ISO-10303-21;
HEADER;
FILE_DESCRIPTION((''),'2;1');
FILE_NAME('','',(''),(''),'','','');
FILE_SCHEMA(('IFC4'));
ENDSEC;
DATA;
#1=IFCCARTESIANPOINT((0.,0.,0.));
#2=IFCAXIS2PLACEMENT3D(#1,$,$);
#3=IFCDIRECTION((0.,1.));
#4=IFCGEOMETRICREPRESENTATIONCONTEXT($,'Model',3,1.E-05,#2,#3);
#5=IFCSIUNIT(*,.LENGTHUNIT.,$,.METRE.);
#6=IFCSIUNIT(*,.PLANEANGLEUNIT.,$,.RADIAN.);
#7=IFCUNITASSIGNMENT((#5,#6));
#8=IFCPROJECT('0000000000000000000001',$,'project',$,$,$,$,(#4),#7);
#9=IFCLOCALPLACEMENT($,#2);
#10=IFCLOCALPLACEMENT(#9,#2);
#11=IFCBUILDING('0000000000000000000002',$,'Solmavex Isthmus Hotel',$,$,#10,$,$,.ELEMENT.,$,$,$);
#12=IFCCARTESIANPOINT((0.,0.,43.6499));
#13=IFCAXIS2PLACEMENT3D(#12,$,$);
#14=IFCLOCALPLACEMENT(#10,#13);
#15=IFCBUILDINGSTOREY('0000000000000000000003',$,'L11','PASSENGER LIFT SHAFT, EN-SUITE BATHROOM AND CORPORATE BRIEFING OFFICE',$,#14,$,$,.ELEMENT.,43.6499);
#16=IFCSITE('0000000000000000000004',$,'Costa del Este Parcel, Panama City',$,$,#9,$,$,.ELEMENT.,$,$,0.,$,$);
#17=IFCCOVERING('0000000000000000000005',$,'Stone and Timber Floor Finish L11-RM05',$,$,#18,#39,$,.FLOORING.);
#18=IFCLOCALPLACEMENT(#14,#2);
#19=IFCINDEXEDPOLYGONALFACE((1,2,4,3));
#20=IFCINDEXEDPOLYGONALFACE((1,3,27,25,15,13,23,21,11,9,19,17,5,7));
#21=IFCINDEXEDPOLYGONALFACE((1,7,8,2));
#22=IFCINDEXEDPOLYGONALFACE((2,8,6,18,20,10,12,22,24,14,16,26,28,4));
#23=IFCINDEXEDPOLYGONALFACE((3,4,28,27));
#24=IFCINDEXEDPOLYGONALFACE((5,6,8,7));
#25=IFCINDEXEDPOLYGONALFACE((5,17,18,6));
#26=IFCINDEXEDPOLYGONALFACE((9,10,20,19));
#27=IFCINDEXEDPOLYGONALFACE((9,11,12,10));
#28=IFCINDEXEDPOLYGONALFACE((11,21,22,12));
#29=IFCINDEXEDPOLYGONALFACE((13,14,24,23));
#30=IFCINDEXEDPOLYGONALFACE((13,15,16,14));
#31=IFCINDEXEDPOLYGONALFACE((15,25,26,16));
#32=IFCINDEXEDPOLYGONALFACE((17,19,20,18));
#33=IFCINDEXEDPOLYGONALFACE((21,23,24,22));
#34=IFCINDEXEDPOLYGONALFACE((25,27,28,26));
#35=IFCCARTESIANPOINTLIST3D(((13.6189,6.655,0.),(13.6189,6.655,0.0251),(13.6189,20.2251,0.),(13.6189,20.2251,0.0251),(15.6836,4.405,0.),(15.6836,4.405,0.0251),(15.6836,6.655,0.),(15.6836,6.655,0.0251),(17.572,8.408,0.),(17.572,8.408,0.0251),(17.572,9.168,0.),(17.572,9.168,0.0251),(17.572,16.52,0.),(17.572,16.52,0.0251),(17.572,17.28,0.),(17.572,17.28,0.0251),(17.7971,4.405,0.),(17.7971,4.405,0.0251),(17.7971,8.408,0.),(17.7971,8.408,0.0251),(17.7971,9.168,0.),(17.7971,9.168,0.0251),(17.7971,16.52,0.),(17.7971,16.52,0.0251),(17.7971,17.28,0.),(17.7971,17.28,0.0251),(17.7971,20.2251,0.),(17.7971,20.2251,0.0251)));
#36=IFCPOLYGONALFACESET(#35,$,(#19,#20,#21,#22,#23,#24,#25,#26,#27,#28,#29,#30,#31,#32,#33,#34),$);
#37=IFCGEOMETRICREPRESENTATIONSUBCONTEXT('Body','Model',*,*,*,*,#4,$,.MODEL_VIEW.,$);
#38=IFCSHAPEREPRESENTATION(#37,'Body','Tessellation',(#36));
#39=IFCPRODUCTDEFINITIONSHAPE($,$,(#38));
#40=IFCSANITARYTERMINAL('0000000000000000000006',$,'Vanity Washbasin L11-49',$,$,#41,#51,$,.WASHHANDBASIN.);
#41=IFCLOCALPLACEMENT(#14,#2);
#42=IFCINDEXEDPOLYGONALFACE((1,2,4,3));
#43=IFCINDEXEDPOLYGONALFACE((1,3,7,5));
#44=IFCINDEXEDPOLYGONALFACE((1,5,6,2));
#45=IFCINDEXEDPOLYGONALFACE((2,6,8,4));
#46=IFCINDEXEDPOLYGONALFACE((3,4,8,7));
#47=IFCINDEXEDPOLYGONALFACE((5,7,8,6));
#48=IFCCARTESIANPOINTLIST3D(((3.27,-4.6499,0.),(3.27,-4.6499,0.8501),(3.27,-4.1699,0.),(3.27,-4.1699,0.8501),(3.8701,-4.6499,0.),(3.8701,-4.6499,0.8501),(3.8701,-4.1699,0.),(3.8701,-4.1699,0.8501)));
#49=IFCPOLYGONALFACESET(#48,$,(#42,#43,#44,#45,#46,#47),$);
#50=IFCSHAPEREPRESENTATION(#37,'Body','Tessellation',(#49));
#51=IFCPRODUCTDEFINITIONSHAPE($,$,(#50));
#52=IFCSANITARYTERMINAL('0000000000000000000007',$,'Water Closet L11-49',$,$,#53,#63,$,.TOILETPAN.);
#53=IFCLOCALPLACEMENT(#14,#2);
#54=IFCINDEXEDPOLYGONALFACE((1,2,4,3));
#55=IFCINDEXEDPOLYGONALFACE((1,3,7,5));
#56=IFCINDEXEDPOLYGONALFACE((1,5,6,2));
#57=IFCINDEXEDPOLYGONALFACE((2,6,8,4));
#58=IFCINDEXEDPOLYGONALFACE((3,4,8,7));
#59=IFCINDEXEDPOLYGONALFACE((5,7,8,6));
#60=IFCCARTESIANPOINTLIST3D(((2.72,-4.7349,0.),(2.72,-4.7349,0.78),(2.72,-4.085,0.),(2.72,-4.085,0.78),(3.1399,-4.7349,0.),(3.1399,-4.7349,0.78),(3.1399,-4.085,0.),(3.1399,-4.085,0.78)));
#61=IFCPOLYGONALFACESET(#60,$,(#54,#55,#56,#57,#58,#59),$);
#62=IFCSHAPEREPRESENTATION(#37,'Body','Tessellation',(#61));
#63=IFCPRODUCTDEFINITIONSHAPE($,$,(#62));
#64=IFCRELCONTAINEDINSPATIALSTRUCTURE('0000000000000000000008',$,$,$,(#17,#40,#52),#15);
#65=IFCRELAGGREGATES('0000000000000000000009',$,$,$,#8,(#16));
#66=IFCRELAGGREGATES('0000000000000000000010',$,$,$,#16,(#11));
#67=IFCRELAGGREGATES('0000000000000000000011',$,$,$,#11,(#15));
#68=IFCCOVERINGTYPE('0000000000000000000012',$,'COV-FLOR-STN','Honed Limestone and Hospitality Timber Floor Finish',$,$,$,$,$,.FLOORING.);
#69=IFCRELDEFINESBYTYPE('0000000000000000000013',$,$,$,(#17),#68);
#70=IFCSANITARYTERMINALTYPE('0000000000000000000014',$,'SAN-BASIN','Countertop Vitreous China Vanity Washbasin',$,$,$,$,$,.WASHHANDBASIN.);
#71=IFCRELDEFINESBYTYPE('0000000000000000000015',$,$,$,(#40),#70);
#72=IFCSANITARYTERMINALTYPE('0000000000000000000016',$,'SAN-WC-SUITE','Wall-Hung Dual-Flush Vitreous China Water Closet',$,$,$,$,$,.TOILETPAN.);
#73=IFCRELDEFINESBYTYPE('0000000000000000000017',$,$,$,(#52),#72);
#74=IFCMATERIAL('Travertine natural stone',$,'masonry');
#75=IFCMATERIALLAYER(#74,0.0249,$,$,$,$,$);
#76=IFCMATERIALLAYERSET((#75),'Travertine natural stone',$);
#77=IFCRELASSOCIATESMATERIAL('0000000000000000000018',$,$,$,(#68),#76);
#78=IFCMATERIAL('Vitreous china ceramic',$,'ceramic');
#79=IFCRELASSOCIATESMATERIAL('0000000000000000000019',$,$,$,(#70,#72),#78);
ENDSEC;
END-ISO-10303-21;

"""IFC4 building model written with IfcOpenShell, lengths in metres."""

from ifc_helpers import new_model, si_unit, direction, frame, origin, origin_2d, place, context, subcontext, project, spatial, polyline, rectangle, outline, extrude, material, layer, layer_set, type_object, element, save


model = new_model("IFC4")

# Units and contexts
model_context = context("Model", 3, precision=1e-05, world=origin(), true_north=direction((0.0, 1.0)))
body_context = subcontext(model_context, "Body", "Model", "MODEL_VIEW")
ifc_project = project(units=[si_unit("LENGTHUNIT", "METRE"), si_unit("PLANEANGLEUNIT", "RADIAN")], contexts=[model_context])

# Site, building, storey
site_placement = place(None, origin())
site = spatial("IfcSite", under=ifc_project, at=site_placement, Name="Costa del Este Parcel, Panama City", CompositionType="ELEMENT", RefElevation=0.0)
building_placement = place(site_placement, origin())
building = spatial("IfcBuilding", under=site, at=building_placement, Name="Solmavex Isthmus Hotel", CompositionType="ELEMENT")
storey_placement = place(building_placement, frame((0.0, 0.0, 43.6499)))
storey = spatial("IfcBuildingStorey", under=building, at=storey_placement, Name="L11", Description="PASSENGER LIFT SHAFT, EN-SUITE BATHROOM AND CORPORATE BRIEFING OFFICE", CompositionType="ELEMENT", Elevation=43.6499)

# Covering
ifc_material_1 = material(Name="Travertine natural stone", Category="masonry")
ifc_layer_1 = layer(ifc_material_1, 0.0249)
ifc_layer_set_1 = layer_set([ifc_layer_1], Name="Travertine natural stone")
covering_type_1 = type_object("IfcCoveringType", Name="COV-FLOR-STN", Description="Honed Limestone and Hospitality Timber Floor Finish", PredefinedType="FLOORING", material=ifc_layer_set_1)
covering_1_placement = place(storey_placement, origin())
element("IfcCovering", 1, at=covering_1_placement, inside=storey, type_object=covering_type_1, Name="Stone and Timber Floor Finish L11-RM05", PredefinedType="FLOORING", context=body_context, shape_type="SweptSolid", body=[
    extrude(outline(polyline([(17.7971, 16.52), (17.572, 16.52), (17.572, 17.28), (17.7971, 17.28), (17.7971, 20.2251), (13.6189, 20.2251), (13.6189, 6.655), (15.6836, 6.655), (15.6836, 4.405), (17.7971, 4.405), (17.7971, 8.408), (17.572, 8.408), (17.572, 9.168), (17.7971, 9.168), (17.7971, 16.52)])), origin(), (0.0, 0.0, 1.0), 0.0251),
])

# Sanitary terminals
ifc_material_2 = material(Name="Vitreous china ceramic", Category="ceramic")
sanitary_terminal_type_1 = type_object("IfcSanitaryTerminalType", Name="SAN-BASIN", Description="Countertop Vitreous China Vanity Washbasin", PredefinedType="WASHHANDBASIN", material=ifc_material_2)
sanitary_terminal_1_placement = place(storey_placement, frame((3.5701, -4.4099, 0.0), z_axis=(0.0, 0.0, 1.0), x_axis=(1.0, 0.0, 0.0)))
element("IfcSanitaryTerminal", 2, at=sanitary_terminal_1_placement, inside=storey, type_object=sanitary_terminal_type_1, Name="Vanity Washbasin L11-49", PredefinedType="WASHHANDBASIN", context=body_context, shape_type="SweptSolid", body=[
    extrude(rectangle(XDim=0.6001, YDim=0.48, at=origin_2d()), origin(), (0.0, 0.0, 1.0), 0.8501),
])
sanitary_terminal_type_2 = type_object("IfcSanitaryTerminalType", Name="SAN-WC-SUITE", Description="Wall-Hung Dual-Flush Vitreous China Water Closet", PredefinedType="TOILETPAN", material=ifc_material_2)
sanitary_terminal_2_placement = place(storey_placement, frame((2.9299, -4.4099, 0.0), z_axis=(0.0, 0.0, 1.0), x_axis=(1.0, 0.0, 0.0)))
element("IfcSanitaryTerminal", 3, at=sanitary_terminal_2_placement, inside=storey, type_object=sanitary_terminal_type_2, Name="Water Closet L11-49", PredefinedType="TOILETPAN", context=body_context, shape_type="SweptSolid", body=[
    extrude(rectangle(XDim=0.4199, YDim=0.6499, at=origin_2d()), origin(), (0.0, 0.0, 1.0), 0.78),
])

save(model, "model.ifc")
